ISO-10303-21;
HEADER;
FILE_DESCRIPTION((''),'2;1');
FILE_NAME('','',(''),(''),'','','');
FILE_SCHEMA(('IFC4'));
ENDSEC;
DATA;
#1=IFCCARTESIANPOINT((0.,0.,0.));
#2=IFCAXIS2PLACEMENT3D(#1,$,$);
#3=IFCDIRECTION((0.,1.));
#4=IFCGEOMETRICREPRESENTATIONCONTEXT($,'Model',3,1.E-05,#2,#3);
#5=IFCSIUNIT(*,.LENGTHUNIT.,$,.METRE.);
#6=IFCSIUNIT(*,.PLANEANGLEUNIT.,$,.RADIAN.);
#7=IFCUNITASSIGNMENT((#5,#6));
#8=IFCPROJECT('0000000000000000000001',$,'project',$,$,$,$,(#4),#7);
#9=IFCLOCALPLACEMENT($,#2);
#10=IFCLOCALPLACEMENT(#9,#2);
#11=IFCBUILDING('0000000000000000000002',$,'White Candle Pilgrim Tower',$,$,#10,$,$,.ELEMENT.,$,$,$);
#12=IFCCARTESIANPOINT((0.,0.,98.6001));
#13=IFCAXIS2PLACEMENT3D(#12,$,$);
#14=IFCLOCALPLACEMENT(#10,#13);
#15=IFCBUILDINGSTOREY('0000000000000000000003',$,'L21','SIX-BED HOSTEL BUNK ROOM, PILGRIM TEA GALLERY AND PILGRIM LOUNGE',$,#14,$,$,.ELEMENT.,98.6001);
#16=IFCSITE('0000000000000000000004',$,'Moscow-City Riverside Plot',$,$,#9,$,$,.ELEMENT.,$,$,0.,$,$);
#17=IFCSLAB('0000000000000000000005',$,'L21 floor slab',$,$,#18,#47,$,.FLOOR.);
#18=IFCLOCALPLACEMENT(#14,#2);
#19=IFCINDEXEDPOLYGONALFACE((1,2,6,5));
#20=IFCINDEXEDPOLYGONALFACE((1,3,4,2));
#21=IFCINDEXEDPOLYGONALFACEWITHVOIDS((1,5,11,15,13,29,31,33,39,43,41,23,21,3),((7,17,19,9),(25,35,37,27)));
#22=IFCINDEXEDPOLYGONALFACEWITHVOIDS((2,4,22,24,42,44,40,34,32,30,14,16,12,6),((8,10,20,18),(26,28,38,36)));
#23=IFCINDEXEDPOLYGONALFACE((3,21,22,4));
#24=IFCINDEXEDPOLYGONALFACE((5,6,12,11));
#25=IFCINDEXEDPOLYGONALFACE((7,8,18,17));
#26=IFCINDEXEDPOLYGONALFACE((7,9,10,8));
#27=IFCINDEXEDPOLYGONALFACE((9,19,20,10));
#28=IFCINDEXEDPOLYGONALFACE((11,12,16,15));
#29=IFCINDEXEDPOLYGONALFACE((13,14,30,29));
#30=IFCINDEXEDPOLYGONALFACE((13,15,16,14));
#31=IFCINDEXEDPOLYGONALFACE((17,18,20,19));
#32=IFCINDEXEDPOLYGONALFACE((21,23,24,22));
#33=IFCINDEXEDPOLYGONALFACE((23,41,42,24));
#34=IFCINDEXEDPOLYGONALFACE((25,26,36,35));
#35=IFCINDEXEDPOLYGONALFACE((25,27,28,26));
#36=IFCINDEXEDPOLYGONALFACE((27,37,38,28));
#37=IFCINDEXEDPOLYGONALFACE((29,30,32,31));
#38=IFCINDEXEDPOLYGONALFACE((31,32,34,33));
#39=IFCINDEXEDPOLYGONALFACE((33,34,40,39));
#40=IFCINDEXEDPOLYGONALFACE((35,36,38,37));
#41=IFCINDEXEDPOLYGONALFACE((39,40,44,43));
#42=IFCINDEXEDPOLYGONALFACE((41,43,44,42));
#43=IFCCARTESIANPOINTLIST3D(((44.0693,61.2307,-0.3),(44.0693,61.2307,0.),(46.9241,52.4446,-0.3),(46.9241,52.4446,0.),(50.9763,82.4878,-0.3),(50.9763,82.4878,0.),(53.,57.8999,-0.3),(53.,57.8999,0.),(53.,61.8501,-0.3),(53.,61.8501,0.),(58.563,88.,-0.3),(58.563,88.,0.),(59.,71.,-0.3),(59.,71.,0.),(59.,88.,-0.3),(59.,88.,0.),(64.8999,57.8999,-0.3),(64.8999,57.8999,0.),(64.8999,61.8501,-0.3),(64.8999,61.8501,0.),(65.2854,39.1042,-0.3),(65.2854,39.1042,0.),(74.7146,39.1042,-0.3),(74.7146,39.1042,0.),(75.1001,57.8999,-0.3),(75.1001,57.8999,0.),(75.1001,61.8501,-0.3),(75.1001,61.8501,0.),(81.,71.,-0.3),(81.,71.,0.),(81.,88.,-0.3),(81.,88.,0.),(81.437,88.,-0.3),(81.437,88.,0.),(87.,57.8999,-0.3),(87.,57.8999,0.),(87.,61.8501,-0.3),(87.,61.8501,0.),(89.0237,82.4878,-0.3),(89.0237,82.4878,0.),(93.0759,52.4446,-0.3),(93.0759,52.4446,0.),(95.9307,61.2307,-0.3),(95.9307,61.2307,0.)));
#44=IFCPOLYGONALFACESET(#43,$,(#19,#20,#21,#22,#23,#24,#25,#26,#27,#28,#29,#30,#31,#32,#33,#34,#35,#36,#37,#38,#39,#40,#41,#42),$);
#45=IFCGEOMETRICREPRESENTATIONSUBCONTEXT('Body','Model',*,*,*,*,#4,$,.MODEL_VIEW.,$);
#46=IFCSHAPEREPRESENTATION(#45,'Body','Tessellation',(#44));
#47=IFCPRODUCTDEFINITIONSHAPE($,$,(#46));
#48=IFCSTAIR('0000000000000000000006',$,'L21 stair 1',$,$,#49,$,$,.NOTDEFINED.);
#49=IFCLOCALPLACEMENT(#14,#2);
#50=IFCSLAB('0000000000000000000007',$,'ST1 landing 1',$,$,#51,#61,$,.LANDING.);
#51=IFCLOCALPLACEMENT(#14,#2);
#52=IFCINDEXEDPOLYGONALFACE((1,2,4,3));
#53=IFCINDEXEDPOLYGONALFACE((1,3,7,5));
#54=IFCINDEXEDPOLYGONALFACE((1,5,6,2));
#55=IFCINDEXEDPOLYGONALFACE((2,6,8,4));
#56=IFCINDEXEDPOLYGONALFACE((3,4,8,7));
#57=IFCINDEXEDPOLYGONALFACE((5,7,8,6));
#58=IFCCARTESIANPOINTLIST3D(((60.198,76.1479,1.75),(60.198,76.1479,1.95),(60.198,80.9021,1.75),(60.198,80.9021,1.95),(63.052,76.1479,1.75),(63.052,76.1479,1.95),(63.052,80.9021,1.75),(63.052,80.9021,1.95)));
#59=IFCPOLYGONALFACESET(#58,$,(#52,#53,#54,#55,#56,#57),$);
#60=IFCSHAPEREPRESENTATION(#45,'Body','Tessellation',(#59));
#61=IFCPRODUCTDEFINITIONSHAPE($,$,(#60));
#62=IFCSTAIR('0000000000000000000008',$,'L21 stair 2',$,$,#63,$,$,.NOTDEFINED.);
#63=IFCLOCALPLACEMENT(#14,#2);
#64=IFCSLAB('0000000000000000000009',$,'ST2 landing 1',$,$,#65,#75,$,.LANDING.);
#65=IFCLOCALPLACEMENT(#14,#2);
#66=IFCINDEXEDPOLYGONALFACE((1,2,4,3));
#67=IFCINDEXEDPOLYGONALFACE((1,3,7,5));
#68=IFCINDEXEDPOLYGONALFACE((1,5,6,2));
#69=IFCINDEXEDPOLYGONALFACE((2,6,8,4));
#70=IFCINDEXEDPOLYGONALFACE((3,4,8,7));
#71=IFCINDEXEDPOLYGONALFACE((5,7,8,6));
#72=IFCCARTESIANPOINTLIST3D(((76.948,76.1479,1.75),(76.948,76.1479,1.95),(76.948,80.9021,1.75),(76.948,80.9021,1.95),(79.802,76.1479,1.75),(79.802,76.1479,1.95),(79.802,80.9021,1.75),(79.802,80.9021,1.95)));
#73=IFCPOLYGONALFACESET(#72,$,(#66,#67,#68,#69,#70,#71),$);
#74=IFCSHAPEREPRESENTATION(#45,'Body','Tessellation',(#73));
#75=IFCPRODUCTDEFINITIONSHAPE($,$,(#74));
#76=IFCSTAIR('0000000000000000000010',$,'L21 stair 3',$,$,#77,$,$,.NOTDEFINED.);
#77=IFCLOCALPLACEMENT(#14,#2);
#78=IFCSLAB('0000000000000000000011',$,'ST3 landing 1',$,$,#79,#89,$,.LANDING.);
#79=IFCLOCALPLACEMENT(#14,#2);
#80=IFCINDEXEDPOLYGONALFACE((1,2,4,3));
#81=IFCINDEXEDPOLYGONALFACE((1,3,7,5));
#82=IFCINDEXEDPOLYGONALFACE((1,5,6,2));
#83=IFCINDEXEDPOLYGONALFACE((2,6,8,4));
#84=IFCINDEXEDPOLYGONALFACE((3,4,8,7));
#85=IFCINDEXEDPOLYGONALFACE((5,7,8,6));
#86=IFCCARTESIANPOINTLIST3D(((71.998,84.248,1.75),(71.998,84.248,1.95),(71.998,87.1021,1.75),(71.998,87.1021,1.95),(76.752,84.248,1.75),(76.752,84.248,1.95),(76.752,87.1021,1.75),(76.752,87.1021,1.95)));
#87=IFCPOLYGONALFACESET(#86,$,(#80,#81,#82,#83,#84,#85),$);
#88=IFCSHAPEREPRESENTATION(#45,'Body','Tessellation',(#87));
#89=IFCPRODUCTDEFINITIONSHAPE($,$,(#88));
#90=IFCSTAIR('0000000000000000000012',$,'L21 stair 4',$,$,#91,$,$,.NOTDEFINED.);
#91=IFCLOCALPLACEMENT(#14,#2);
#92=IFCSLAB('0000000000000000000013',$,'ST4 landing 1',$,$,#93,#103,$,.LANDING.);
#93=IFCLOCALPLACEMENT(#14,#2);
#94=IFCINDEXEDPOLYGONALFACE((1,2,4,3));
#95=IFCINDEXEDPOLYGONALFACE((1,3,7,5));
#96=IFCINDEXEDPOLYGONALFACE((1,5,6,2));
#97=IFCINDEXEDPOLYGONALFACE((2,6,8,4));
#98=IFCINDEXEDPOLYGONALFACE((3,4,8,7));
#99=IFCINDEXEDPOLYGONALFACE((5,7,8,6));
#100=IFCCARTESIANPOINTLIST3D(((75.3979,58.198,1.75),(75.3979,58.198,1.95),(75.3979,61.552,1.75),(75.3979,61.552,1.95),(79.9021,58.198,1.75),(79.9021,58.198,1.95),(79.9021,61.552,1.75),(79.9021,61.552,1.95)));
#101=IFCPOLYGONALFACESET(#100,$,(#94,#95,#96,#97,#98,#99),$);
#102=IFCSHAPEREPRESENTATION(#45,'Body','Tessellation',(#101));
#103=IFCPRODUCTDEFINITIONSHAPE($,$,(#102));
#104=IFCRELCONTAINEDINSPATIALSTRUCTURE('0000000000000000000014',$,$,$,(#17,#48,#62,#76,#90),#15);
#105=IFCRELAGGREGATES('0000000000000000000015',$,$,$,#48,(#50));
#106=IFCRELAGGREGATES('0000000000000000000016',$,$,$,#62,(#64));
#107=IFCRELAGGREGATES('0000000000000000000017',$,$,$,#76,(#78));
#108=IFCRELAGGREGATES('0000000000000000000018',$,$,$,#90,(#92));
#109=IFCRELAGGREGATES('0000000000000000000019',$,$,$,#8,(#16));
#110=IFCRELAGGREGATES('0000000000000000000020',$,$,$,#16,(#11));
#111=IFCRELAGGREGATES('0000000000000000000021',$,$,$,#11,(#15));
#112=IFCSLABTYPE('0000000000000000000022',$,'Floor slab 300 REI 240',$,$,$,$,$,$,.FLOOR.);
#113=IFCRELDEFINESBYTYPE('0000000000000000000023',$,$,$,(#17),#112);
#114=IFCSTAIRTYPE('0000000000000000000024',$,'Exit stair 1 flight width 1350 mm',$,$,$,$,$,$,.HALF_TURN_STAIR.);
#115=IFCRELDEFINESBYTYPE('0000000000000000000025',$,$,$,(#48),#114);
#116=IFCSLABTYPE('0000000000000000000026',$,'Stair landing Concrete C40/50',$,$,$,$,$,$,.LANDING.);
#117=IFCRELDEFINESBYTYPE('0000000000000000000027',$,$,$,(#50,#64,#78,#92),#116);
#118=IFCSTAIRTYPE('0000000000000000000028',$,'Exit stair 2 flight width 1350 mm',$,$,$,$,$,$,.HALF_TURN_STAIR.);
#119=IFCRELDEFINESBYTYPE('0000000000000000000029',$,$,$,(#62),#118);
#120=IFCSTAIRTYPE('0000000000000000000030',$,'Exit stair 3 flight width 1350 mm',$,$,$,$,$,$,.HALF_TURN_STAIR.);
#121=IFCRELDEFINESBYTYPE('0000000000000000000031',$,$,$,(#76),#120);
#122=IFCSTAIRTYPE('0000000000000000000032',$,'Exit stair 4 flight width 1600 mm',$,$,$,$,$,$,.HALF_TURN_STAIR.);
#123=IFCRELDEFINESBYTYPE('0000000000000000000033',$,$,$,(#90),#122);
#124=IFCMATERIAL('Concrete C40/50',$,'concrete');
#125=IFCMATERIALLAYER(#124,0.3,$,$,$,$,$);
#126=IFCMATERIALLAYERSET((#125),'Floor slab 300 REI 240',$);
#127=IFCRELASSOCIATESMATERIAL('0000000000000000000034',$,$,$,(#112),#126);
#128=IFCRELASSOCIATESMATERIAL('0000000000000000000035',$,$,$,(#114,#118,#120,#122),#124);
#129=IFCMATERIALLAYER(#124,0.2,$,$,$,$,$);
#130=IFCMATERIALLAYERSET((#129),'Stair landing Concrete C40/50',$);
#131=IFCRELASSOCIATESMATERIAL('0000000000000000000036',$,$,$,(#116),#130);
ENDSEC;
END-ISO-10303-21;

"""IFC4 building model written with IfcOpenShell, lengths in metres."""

from ifc_helpers import new_model, si_unit, direction, frame, origin, place, context, subcontext, project, spatial, polyline, outline, extrude, material, layer, layer_set, type_object, element, aggregate, save


model = new_model("IFC4")

# Units and contexts
model_context = context("Model", 3, precision=1e-05, world=origin(), true_north=direction((0.0, 1.0)))
body_context = subcontext(model_context, "Body", "Model", "MODEL_VIEW")
ifc_project = project(units=[si_unit("LENGTHUNIT", "METRE"), si_unit("PLANEANGLEUNIT", "RADIAN")], contexts=[model_context])

# Site, building, storey
site_placement = place(None, origin())
site = spatial("IfcSite", under=ifc_project, at=site_placement, Name="Moscow-City Riverside Plot", CompositionType="ELEMENT", RefElevation=0.0)
building_placement = place(site_placement, origin())
building = spatial("IfcBuilding", under=site, at=building_placement, Name="White Candle Pilgrim Tower", CompositionType="ELEMENT")
storey_placement = place(building_placement, frame((0.0, 0.0, 98.6001)))
storey = spatial("IfcBuildingStorey", under=building, at=storey_placement, Name="L21", Description="SIX-BED HOSTEL BUNK ROOM, PILGRIM TEA GALLERY AND PILGRIM LOUNGE", CompositionType="ELEMENT", Elevation=98.6001)

# Slab
ifc_material = material(Name="Concrete C40/50", Category="concrete")
ifc_layer_1 = layer(ifc_material, 0.3)
ifc_layer_set_1 = layer_set([ifc_layer_1], Name="Floor slab 300 REI 240")
slab_type_1 = type_object("IfcSlabType", Name="Floor slab 300 REI 240", PredefinedType="FLOOR", material=ifc_layer_set_1)
slab_1_placement = place(storey_placement, frame((0.0, 0.0, -0.3)))
element("IfcSlab", 1, at=slab_1_placement, inside=storey, type_object=slab_type_1, Name="L21 floor slab", PredefinedType="FLOOR", context=body_context, shape_type="SweptSolid", body=[
    extrude(outline(polyline([(65.2854, 39.1042), (74.7146, 39.1042), (93.0759, 52.4446), (95.9307, 61.2307), (89.0237, 82.4878), (81.437, 88.0), (81.0, 88.0), (81.0, 71.0), (59.0, 71.0), (59.0, 88.0), (58.563, 88.0), (50.9763, 82.4878), (44.0693, 61.2307), (46.9241, 52.4446), (65.2854, 39.1042)]), holes=[polyline([(53.0, 57.8999), (53.0, 61.8501), (64.8999, 61.8501), (64.8999, 57.8999), (53.0, 57.8999)]), polyline([(75.1001, 57.8999), (75.1001, 61.8501), (87.0, 61.8501), (87.0, 57.8999), (75.1001, 57.8999)])]), origin(), (0.0, 0.0, 1.0), 0.3),
])

# Stairs, slabs
stair_type_1 = type_object("IfcStairType", Name="Exit stair 1 flight width 1350 mm", PredefinedType="HALF_TURN_STAIR", material=ifc_material)
stair_1_placement = place(storey_placement, origin())
stair_1 = element("IfcStair", 2, at=stair_1_placement, inside=storey, type_object=stair_type_1, Name="L21 stair 1", PredefinedType="NOTDEFINED")
ifc_layer_2 = layer(ifc_material, 0.2)
ifc_layer_set_2 = layer_set([ifc_layer_2], Name="Stair landing Concrete C40/50")
slab_type_2 = type_object("IfcSlabType", Name="Stair landing Concrete C40/50", PredefinedType="LANDING", material=ifc_layer_set_2)
slab_2_placement = place(storey_placement, frame((0.0, 0.0, 1.75)))
slab_2 = element("IfcSlab", 3, at=slab_2_placement, type_object=slab_type_2, Name="ST1 landing 1", PredefinedType="LANDING", context=body_context, shape_type="SweptSolid", body=[
    extrude(outline(polyline([(63.052, 76.1479), (60.198, 76.1479), (60.198, 80.9021), (63.052, 80.9021), (63.052, 76.1479)])), origin(), (0.0, 0.0, 1.0), 0.2),
])
aggregate(stair_1, [slab_2])
stair_type_2 = type_object("IfcStairType", Name="Exit stair 2 flight width 1350 mm", PredefinedType="HALF_TURN_STAIR", material=ifc_material)
stair_2_placement = place(storey_placement, origin())
stair_2 = element("IfcStair", 4, at=stair_2_placement, inside=storey, type_object=stair_type_2, Name="L21 stair 2", PredefinedType="NOTDEFINED")
slab_3_placement = place(storey_placement, frame((0.0, 0.0, 1.75)))
slab_3 = element("IfcSlab", 5, at=slab_3_placement, type_object=slab_type_2, Name="ST2 landing 1", PredefinedType="LANDING", context=body_context, shape_type="SweptSolid", body=[
    extrude(outline(polyline([(79.802, 76.1479), (76.948, 76.1479), (76.948, 80.9021), (79.802, 80.9021), (79.802, 76.1479)])), origin(), (0.0, 0.0, 1.0), 0.2),
])
aggregate(stair_2, [slab_3])
stair_type_3 = type_object("IfcStairType", Name="Exit stair 3 flight width 1350 mm", PredefinedType="HALF_TURN_STAIR", material=ifc_material)
stair_3_placement = place(storey_placement, origin())
stair_3 = element("IfcStair", 6, at=stair_3_placement, inside=storey, type_object=stair_type_3, Name="L21 stair 3", PredefinedType="NOTDEFINED")
slab_4_placement = place(storey_placement, frame((0.0, 0.0, 1.75)))
slab_4 = element("IfcSlab", 7, at=slab_4_placement, type_object=slab_type_2, Name="ST3 landing 1", PredefinedType="LANDING", context=body_context, shape_type="SweptSolid", body=[
    extrude(outline(polyline([(71.998, 84.248), (71.998, 87.1021), (76.752, 87.1021), (76.752, 84.248), (71.998, 84.248)])), origin(), (0.0, 0.0, 1.0), 0.2),
])
aggregate(stair_3, [slab_4])
stair_type_4 = type_object("IfcStairType", Name="Exit stair 4 flight width 1600 mm", PredefinedType="HALF_TURN_STAIR", material=ifc_material)
stair_4_placement = place(storey_placement, origin())
stair_4 = element("IfcStair", 8, at=stair_4_placement, inside=storey, type_object=stair_type_4, Name="L21 stair 4", PredefinedType="NOTDEFINED")
slab_5_placement = place(storey_placement, frame((0.0, 0.0, 1.75)))
slab_5 = element("IfcSlab", 9, at=slab_5_placement, type_object=slab_type_2, Name="ST4 landing 1", PredefinedType="LANDING", context=body_context, shape_type="SweptSolid", body=[
    extrude(outline(polyline([(79.9021, 61.552), (79.9021, 58.198), (75.3979, 58.198), (75.3979, 61.552), (79.9021, 61.552)])), origin(), (0.0, 0.0, 1.0), 0.2),
])
aggregate(stair_4, [slab_5])

save(model, "model.ifc")
